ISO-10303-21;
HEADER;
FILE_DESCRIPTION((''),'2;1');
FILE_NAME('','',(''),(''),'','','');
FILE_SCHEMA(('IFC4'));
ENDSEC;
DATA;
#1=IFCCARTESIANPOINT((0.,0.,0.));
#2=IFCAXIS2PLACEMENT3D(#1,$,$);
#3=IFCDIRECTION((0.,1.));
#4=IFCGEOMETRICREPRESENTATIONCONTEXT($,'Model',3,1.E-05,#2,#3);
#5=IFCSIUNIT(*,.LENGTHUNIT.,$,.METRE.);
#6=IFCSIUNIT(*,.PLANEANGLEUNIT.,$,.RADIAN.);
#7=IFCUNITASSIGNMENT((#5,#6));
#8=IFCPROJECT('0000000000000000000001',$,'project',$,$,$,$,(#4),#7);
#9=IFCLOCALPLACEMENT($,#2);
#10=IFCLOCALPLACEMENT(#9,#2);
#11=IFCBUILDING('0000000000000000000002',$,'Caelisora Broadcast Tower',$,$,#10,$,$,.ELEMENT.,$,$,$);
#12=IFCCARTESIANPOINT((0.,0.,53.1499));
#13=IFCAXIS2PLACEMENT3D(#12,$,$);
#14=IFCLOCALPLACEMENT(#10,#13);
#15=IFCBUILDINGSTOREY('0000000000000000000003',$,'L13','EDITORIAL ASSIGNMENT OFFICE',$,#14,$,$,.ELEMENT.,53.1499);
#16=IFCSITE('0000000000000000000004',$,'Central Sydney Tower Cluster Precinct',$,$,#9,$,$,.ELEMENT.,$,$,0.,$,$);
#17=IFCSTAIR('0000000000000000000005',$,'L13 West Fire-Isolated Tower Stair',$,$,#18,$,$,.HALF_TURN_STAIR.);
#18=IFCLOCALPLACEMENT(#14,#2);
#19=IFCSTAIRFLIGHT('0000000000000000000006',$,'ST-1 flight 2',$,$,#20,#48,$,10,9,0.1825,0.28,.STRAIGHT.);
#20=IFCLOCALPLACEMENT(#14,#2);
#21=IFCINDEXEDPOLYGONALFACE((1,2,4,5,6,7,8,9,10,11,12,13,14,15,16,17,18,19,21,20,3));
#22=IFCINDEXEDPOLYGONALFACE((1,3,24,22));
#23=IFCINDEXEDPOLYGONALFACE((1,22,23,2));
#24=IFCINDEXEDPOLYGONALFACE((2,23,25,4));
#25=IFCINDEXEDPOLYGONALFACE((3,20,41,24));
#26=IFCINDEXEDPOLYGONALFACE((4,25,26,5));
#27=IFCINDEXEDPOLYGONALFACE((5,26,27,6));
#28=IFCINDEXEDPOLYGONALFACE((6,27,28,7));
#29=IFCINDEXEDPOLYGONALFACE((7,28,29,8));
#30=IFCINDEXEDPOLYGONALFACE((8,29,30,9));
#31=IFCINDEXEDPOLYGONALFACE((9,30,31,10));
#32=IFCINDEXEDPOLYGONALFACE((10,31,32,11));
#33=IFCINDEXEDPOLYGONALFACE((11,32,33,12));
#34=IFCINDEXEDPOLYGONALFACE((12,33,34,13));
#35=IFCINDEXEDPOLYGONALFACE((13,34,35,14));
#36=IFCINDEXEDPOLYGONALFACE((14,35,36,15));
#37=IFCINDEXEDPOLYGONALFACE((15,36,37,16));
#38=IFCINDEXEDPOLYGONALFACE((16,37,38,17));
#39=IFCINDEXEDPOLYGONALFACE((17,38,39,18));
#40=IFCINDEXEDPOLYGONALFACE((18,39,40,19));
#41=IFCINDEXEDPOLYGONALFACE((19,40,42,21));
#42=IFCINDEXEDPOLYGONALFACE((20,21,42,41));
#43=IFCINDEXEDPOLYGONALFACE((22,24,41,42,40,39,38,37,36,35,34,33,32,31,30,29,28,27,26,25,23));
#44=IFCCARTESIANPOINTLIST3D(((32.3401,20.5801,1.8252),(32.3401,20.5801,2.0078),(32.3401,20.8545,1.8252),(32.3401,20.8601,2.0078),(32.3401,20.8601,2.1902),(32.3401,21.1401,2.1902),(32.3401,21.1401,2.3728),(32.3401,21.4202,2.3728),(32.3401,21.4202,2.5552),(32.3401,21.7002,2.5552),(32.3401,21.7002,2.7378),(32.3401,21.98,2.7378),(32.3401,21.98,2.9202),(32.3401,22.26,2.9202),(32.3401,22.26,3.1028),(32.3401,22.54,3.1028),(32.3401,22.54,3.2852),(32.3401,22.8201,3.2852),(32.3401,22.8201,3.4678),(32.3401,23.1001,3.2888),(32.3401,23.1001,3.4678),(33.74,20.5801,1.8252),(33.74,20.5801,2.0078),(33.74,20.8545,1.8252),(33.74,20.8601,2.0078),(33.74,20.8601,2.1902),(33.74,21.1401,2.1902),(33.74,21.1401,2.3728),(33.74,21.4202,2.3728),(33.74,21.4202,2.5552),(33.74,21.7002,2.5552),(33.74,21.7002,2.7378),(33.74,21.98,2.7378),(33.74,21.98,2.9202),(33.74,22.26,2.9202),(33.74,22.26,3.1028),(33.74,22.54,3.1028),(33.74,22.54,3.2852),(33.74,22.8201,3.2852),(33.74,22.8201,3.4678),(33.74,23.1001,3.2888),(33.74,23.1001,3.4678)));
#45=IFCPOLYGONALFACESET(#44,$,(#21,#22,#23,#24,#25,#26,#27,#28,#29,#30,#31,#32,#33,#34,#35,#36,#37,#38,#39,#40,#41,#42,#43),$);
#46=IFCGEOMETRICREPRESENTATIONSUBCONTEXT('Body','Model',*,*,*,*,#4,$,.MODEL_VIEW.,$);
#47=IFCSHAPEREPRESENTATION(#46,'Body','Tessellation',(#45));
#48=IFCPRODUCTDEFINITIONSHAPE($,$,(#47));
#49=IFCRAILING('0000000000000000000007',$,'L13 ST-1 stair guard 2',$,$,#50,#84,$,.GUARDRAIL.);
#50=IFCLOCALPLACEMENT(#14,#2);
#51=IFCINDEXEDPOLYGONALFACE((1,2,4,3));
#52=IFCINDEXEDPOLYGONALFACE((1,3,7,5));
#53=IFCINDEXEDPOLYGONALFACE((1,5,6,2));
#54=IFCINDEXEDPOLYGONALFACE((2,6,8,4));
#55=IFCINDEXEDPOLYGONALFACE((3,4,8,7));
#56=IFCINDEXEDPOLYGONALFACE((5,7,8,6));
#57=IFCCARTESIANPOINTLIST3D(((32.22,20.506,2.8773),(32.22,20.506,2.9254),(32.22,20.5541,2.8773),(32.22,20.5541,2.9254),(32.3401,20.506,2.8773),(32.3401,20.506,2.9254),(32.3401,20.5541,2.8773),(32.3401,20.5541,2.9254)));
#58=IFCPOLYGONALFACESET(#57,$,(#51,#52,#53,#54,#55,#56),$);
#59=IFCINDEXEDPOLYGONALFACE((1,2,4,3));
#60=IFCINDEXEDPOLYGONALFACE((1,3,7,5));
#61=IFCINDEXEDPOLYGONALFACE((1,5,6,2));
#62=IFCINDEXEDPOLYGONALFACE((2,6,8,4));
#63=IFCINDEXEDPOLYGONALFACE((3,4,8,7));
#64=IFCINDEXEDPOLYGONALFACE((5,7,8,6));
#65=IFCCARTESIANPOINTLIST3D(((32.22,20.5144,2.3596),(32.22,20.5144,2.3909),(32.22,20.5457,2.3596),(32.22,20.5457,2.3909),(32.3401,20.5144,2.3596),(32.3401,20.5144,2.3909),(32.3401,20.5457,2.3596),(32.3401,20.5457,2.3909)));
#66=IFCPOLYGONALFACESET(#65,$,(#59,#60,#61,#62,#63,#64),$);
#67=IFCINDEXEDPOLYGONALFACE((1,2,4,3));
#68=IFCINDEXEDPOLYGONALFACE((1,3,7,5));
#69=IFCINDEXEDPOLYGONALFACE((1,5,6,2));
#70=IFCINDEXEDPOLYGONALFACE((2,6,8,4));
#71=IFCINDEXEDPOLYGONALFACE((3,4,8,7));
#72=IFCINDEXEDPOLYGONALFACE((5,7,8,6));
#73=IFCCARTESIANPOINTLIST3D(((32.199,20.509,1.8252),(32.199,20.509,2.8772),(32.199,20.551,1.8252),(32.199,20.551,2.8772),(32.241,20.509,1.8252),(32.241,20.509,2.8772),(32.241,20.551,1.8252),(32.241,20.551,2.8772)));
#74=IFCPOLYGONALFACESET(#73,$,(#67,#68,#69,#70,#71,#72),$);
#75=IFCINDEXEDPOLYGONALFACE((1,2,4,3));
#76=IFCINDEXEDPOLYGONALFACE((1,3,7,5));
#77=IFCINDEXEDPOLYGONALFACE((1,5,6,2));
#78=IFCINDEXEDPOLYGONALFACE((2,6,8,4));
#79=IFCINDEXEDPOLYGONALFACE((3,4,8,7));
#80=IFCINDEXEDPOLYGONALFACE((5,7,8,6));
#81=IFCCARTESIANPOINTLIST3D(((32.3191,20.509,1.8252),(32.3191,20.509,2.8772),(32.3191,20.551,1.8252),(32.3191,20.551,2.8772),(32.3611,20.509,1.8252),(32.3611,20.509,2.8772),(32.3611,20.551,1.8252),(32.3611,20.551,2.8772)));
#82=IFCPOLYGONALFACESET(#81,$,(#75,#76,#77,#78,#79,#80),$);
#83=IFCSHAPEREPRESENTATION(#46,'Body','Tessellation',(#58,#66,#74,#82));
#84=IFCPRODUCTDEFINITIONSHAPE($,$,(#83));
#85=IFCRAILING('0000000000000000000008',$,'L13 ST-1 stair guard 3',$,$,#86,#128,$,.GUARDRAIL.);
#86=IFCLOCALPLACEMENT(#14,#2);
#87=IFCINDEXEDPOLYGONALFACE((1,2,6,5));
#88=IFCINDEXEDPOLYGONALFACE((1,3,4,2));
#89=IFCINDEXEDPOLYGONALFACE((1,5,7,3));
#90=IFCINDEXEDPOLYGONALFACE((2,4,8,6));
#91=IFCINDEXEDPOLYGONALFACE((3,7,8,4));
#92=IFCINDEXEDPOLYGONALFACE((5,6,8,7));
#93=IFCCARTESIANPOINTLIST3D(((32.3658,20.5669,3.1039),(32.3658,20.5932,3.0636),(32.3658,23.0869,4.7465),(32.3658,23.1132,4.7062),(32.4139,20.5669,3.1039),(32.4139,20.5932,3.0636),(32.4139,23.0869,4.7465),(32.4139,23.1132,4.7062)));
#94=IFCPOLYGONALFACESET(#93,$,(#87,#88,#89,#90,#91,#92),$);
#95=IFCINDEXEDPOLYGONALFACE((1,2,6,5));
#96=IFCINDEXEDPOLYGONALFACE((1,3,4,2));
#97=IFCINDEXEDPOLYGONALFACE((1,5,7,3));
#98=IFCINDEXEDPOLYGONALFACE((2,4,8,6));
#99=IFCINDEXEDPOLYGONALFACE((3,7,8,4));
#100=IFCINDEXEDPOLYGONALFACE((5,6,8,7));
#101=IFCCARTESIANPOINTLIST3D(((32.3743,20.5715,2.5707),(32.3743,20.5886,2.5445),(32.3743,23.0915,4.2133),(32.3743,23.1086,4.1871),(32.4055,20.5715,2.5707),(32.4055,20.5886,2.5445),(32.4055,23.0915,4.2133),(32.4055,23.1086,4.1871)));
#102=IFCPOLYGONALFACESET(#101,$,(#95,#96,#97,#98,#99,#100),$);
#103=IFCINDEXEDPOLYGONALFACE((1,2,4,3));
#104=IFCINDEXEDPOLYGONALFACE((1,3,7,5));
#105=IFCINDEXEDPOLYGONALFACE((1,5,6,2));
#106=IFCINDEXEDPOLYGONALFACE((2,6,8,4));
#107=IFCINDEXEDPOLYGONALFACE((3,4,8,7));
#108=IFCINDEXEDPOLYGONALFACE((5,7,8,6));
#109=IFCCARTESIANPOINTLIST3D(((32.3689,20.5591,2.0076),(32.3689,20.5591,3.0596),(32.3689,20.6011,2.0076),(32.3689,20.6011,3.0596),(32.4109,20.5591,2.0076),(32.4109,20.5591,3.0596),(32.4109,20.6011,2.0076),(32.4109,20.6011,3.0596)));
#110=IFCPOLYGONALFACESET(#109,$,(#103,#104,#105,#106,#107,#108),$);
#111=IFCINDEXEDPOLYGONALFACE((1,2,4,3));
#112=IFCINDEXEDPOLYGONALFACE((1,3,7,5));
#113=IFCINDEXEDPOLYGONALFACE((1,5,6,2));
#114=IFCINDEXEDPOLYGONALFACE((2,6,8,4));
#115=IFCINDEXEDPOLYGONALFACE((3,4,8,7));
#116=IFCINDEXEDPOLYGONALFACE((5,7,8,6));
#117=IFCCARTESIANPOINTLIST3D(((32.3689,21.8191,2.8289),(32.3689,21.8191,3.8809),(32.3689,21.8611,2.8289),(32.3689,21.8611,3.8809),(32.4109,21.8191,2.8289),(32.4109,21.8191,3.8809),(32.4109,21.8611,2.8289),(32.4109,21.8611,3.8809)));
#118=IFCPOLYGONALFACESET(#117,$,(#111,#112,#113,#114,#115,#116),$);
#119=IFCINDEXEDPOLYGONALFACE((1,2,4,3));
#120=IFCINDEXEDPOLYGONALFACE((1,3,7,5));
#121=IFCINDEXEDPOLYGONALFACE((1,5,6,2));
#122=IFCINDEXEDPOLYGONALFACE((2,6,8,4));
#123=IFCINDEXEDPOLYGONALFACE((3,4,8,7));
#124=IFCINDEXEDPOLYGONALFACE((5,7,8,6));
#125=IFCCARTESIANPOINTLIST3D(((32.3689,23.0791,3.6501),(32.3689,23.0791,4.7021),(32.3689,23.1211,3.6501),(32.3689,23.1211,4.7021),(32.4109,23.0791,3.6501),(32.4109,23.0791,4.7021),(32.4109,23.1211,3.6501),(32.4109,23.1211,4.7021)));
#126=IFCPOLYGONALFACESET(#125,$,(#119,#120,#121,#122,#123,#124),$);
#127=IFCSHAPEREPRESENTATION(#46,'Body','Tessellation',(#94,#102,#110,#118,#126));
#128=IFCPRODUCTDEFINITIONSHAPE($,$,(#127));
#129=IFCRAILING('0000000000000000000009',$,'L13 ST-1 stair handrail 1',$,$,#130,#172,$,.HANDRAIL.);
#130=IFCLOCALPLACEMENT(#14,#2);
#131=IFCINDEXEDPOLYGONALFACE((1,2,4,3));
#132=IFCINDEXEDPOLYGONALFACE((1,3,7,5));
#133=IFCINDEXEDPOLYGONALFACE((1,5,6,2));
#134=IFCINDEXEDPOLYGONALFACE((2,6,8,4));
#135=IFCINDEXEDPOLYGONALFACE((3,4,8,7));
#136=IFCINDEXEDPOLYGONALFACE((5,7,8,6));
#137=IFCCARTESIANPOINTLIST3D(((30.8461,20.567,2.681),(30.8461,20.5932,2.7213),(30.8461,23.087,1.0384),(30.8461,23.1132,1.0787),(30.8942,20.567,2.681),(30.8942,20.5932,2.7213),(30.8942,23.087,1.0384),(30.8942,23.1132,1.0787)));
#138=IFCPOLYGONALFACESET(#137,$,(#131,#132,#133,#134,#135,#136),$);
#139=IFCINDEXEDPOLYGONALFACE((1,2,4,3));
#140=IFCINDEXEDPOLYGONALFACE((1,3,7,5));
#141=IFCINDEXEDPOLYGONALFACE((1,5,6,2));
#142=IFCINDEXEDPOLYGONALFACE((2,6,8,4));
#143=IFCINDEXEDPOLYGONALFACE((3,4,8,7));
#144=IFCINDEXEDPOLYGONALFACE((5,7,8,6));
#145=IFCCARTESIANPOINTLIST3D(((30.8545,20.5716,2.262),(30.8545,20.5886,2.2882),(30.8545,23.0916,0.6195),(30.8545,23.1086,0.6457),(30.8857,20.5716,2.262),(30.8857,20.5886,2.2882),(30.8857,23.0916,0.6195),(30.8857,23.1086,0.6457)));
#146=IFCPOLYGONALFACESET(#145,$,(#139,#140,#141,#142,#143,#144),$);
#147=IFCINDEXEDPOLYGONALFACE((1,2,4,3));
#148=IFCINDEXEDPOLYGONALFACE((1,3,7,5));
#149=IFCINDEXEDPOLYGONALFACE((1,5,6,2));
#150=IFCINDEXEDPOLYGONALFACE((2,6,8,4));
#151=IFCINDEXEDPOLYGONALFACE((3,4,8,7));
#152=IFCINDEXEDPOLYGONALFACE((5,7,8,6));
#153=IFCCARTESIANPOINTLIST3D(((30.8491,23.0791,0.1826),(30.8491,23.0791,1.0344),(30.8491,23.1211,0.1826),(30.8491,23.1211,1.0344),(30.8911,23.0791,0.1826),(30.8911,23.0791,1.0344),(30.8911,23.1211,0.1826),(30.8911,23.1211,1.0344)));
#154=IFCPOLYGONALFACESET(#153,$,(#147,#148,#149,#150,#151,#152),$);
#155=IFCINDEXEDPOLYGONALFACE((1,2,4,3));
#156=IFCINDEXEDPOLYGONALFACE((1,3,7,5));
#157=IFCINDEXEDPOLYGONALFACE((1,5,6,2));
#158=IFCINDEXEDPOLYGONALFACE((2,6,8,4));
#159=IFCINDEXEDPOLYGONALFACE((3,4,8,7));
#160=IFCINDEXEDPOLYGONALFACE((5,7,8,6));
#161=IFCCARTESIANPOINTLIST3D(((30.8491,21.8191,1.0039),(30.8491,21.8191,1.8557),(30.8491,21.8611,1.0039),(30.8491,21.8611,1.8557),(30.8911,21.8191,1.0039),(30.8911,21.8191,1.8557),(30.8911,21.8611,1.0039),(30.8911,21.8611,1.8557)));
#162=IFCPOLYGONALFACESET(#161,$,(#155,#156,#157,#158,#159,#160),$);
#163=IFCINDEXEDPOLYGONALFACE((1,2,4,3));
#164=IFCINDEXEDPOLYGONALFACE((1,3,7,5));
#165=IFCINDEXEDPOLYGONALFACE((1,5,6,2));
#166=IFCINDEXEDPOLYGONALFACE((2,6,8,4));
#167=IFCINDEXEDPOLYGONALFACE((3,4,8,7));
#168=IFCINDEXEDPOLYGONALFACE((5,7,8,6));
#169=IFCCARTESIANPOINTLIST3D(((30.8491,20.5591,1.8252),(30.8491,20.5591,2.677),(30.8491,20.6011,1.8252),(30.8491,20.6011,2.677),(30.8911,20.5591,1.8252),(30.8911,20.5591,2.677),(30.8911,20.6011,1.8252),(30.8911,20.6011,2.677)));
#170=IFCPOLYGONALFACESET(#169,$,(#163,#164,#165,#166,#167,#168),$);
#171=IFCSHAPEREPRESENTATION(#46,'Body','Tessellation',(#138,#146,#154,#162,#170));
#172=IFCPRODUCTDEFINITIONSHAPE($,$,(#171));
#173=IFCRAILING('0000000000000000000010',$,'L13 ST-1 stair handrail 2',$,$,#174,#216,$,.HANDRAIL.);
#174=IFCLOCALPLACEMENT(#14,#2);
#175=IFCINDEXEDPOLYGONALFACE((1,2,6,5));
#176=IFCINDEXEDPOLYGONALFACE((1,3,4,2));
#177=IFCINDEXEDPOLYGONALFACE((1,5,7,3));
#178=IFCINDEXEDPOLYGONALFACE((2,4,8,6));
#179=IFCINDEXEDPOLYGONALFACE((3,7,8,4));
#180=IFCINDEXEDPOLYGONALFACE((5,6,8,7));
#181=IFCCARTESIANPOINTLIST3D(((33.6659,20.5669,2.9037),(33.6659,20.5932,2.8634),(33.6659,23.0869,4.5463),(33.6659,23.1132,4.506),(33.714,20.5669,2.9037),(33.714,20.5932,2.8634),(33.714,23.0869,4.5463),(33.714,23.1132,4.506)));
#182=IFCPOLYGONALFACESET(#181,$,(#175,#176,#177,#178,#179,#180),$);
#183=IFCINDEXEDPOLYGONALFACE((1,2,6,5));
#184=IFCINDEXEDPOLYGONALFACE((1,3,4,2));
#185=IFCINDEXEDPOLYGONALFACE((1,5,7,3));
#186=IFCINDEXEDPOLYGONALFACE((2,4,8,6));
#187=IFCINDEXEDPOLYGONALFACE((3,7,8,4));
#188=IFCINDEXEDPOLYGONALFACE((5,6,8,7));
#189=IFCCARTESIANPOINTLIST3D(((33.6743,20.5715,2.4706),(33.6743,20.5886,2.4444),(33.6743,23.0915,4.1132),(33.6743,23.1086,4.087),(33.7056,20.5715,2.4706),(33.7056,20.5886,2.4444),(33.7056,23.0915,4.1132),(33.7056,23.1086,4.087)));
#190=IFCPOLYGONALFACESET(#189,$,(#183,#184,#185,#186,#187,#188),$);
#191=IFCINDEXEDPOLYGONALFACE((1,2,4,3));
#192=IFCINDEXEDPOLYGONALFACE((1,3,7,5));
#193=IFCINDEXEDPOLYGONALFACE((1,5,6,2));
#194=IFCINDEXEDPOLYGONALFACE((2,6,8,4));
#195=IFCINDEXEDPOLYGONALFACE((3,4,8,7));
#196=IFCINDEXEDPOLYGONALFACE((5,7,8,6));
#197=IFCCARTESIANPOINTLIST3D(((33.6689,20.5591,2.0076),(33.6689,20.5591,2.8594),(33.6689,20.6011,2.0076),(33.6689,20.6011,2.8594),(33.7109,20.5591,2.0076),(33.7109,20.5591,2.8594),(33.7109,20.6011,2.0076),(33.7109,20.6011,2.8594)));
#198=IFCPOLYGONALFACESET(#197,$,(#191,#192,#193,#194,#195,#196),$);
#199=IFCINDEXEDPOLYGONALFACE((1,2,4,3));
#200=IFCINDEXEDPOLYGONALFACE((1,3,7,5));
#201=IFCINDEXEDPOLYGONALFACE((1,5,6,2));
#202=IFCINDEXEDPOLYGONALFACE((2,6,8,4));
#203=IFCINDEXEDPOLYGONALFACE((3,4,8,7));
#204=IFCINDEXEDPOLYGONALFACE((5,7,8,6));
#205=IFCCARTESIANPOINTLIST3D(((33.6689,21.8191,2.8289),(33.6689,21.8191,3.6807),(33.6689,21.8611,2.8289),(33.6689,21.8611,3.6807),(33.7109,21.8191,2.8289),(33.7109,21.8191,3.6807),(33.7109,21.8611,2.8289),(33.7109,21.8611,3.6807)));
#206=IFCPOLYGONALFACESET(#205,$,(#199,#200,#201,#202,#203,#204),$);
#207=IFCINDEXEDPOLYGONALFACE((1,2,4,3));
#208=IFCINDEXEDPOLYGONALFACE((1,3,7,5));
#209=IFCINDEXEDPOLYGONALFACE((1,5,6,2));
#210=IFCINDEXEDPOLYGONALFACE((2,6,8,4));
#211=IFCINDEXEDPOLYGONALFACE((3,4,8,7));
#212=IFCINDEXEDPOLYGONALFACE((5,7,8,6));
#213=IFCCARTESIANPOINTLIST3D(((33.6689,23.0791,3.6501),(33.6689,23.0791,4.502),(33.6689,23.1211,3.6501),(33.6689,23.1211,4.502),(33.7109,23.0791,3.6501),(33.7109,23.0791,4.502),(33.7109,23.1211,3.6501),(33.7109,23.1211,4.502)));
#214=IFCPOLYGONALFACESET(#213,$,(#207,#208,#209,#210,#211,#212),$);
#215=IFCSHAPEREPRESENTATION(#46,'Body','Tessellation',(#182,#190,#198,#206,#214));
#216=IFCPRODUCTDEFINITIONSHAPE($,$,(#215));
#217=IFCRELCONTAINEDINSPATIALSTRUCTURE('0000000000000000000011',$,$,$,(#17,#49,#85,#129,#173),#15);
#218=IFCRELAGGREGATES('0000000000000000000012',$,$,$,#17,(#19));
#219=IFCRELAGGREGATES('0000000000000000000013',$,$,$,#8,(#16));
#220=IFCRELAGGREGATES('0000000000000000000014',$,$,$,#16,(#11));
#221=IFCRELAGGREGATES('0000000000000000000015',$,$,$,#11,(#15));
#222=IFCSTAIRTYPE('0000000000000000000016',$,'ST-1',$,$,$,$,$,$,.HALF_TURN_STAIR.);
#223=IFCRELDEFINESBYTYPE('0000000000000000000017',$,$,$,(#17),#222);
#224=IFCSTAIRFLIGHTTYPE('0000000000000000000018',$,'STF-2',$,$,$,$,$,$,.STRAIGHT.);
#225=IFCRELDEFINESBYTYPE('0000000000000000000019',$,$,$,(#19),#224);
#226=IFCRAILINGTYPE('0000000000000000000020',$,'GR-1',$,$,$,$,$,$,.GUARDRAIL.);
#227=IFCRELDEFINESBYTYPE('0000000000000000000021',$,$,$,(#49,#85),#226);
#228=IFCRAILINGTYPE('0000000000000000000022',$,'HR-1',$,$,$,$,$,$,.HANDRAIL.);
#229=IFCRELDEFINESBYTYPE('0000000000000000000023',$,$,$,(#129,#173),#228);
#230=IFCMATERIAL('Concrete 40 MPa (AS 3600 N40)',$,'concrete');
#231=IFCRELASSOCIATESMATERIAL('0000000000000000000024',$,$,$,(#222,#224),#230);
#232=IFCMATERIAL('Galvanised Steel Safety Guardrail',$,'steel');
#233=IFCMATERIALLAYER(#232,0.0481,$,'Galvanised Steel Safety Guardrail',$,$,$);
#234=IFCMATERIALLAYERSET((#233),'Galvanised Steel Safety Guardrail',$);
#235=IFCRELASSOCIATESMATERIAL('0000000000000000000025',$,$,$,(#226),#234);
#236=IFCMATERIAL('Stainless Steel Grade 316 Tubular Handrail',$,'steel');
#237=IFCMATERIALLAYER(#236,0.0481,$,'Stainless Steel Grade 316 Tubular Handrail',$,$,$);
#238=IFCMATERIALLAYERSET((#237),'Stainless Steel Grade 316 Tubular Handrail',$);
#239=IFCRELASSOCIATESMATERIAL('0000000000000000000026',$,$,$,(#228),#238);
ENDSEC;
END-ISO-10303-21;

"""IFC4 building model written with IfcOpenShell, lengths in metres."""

from ifc_helpers import new_model, si_unit, direction, frame, origin, origin_2d, place, context, subcontext, project, spatial, polyline, rectangle, outline, extrude, material, layer, layer_set, type_object, element, aggregate, save


model = new_model("IFC4")

# Units and contexts
model_context = context("Model", 3, precision=1e-05, world=origin(), true_north=direction((0.0, 1.0)))
body_context = subcontext(model_context, "Body", "Model", "MODEL_VIEW")
ifc_project = project(units=[si_unit("LENGTHUNIT", "METRE"), si_unit("PLANEANGLEUNIT", "RADIAN")], contexts=[model_context])

# Site, building, storey
site_placement = place(None, origin())
site = spatial("IfcSite", under=ifc_project, at=site_placement, Name="Central Sydney Tower Cluster Precinct", CompositionType="ELEMENT", RefElevation=0.0)
building_placement = place(site_placement, origin())
building = spatial("IfcBuilding", under=site, at=building_placement, Name="Caelisora Broadcast Tower", CompositionType="ELEMENT")
storey_placement = place(building_placement, frame((0.0, 0.0, 53.1499)))
storey = spatial("IfcBuildingStorey", under=building, at=storey_placement, Name="L13", Description="EDITORIAL ASSIGNMENT OFFICE", CompositionType="ELEMENT", Elevation=53.1499)

# Stair, stair flight
ifc_material_1 = material(Name="Concrete 40 MPa (AS 3600 N40)", Category="concrete")
stair_type = type_object("IfcStairType", Name="ST-1", PredefinedType="HALF_TURN_STAIR", material=ifc_material_1)
stair_placement = place(storey_placement, origin())
stair = element("IfcStair", 1, at=stair_placement, inside=storey, type_object=stair_type, Name="L13 West Fire-Isolated Tower Stair", PredefinedType="HALF_TURN_STAIR")
stair_flight_type = type_object("IfcStairFlightType", Name="STF-2", PredefinedType="STRAIGHT", material=ifc_material_1)
stair_flight_1_placement = place(storey_placement, frame((33.04, 20.5801, 1.8252), z_axis=(0.0, 0.0, 1.0), x_axis=(0.0, 1.0, 0.0)))
stair_flight_1 = element("IfcStairFlight", 2, at=stair_flight_1_placement, type_object=stair_flight_type, Name="ST-1 flight 2", NumberOfRisers=10, NumberOfTreads=9, PredefinedType="STRAIGHT", RiserHeight=0.1825, TreadLength=0.28, context=body_context, shape_type="SweptSolid", body=[
    extrude(outline(polyline([(0.0, 0.0), (0.0, 0.1826), (0.28, 0.1826), (0.28, 0.365), (0.5601, 0.365), (0.5601, 0.5476), (0.8401, 0.5476), (0.8401, 0.73), (1.1201, 0.73), (1.1201, 0.9126), (1.3999, 0.9126), (1.3999, 1.095), (1.6799, 1.095), (1.6799, 1.2776), (1.96, 1.2776), (1.96, 1.46), (2.24, 1.46), (2.24, 1.6426), (2.52, 1.6426), (2.52, 1.825), (2.52, 1.4636), (0.2744, 0.0), (0.0, 0.0)])), frame((0.0, 0.7, 0.0), z_axis=(0.0, -1.0, 0.0), x_axis=(1.0, 0.0, 0.0)), (0.0, 0.0, 1.0), 1.3999),
])
aggregate(stair, [stair_flight_1])

# Railings
ifc_material_2 = material(Name="Galvanised Steel Safety Guardrail", Category="steel")
ifc_layer_1 = layer(ifc_material_2, 0.0481, Name="Galvanised Steel Safety Guardrail")
ifc_layer_set_1 = layer_set([ifc_layer_1], Name="Galvanised Steel Safety Guardrail")
railing_type_1 = type_object("IfcRailingType", Name="GR-1", PredefinedType="GUARDRAIL", material=ifc_layer_set_1)
railing_1_placement = place(storey_placement, frame((32.22, 20.53, 1.8252)))
element("IfcRailing", 3, at=railing_1_placement, inside=storey, type_object=railing_type_1, Name="L13 ST-1 stair guard 2", PredefinedType="GUARDRAIL", context=body_context, shape_type="SweptSolid", body=[
    extrude(rectangle(XDim=0.0481, YDim=0.0481, at=origin_2d()), frame((0.0, 0.0, 1.0762), z_axis=(1.0, 0.0, 0.0), x_axis=(0.0, 1.0, 0.0)), (0.0, 0.0, 1.0), 0.1201),
    extrude(rectangle(XDim=0.0312, YDim=0.0312, at=origin_2d()), frame((0.0, 0.0, 0.55), z_axis=(1.0, 0.0, 0.0), x_axis=(0.0, 1.0, 0.0)), (0.0, 0.0, 1.0), 0.1201),
    extrude(rectangle(XDim=0.042, YDim=0.042, at=origin_2d()), origin(), (0.0, 0.0, 1.0), 1.052),
    extrude(rectangle(XDim=0.042, YDim=0.042, at=origin_2d()), frame((0.1201, 0.0, 0.0)), (0.0, 0.0, 1.0), 1.052),
])
railing_2_placement = place(storey_placement, frame((32.3899, 20.5801, 2.0076)))
element("IfcRailing", 4, at=railing_2_placement, inside=storey, type_object=railing_type_1, Name="L13 ST-1 stair guard 3", PredefinedType="GUARDRAIL", context=body_context, shape_type="SweptSolid", body=[
    extrude(rectangle(XDim=0.0481, YDim=0.0481, at=origin_2d()), frame((0.0, 0.0, 1.0762), z_axis=(0.0, 0.837749, 0.546055), x_axis=(-1.0, 0.0, 0.0)), (0.0, 0.0, 1.0), 3.0081),
    extrude(rectangle(XDim=0.0312, YDim=0.0312, at=origin_2d()), frame((0.0, 0.0, 0.55), z_axis=(0.0, 0.837749, 0.546055), x_axis=(-1.0, 0.0, 0.0)), (0.0, 0.0, 1.0), 3.0081),
    extrude(rectangle(XDim=0.042, YDim=0.042, at=origin_2d()), origin(), (0.0, 0.0, 1.0), 1.052),
    extrude(rectangle(XDim=0.042, YDim=0.042, at=origin_2d()), frame((0.0, 1.26, 0.8213)), (0.0, 0.0, 1.0), 1.052),
    extrude(rectangle(XDim=0.042, YDim=0.042, at=origin_2d()), frame((0.0, 2.52, 1.6426)), (0.0, 0.0, 1.0), 1.052),
])
ifc_material_3 = material(Name="Stainless Steel Grade 316 Tubular Handrail", Category="steel")
ifc_layer_2 = layer(ifc_material_3, 0.0481, Name="Stainless Steel Grade 316 Tubular Handrail")
ifc_layer_set_2 = layer_set([ifc_layer_2], Name="Stainless Steel Grade 316 Tubular Handrail")
railing_type_2 = type_object("IfcRailingType", Name="HR-1", PredefinedType="HANDRAIL", material=ifc_layer_set_2)
railing_3_placement = place(storey_placement, frame((30.8701, 23.1001, 0.1826)))
element("IfcRailing", 5, at=railing_3_placement, inside=storey, type_object=railing_type_2, Name="L13 ST-1 stair handrail 1", PredefinedType="HANDRAIL", context=body_context, shape_type="SweptSolid", body=[
    extrude(rectangle(XDim=0.0481, YDim=0.0481, at=origin_2d()), frame((0.0, 0.0, 0.876), z_axis=(0.0, -0.837749, 0.546055), x_axis=(1.0, 0.0, 0.0)), (0.0, 0.0, 1.0), 3.0081),
    extrude(rectangle(XDim=0.0312, YDim=0.0312, at=origin_2d()), frame((0.0, 0.0, 0.45), z_axis=(0.0, -0.837749, 0.546055), x_axis=(1.0, 0.0, 0.0)), (0.0, 0.0, 1.0), 3.0081),
    extrude(rectangle(XDim=0.042, YDim=0.042, at=origin_2d()), origin(), (0.0, 0.0, 1.0), 0.8518),
    extrude(rectangle(XDim=0.042, YDim=0.042, at=origin_2d()), frame((0.0, -1.26, 0.8213)), (0.0, 0.0, 1.0), 0.8518),
    extrude(rectangle(XDim=0.042, YDim=0.042, at=origin_2d()), frame((0.0, -2.52, 1.6426)), (0.0, 0.0, 1.0), 0.8518),
])
railing_4_placement = place(storey_placement, frame((33.6899, 20.5801, 2.0076)))
element("IfcRailing", 6, at=railing_4_placement, inside=storey, type_object=railing_type_2, Name="L13 ST-1 stair handrail 2", PredefinedType="HANDRAIL", context=body_context, shape_type="SweptSolid", body=[
    extrude(rectangle(XDim=0.0481, YDim=0.0481, at=origin_2d()), frame((0.0, 0.0, 0.876), z_axis=(0.0, 0.837749, 0.546055), x_axis=(-1.0, 0.0, 0.0)), (0.0, 0.0, 1.0), 3.0081),
    extrude(rectangle(XDim=0.0312, YDim=0.0312, at=origin_2d()), frame((0.0, 0.0, 0.45), z_axis=(0.0, 0.837749, 0.546055), x_axis=(-1.0, 0.0, 0.0)), (0.0, 0.0, 1.0), 3.0081),
    extrude(rectangle(XDim=0.042, YDim=0.042, at=origin_2d()), origin(), (0.0, 0.0, 1.0), 0.8518),
    extrude(rectangle(XDim=0.042, YDim=0.042, at=origin_2d()), frame((0.0, 1.26, 0.8213)), (0.0, 0.0, 1.0), 0.8518),
    extrude(rectangle(XDim=0.042, YDim=0.042, at=origin_2d()), frame((0.0, 2.52, 1.6426)), (0.0, 0.0, 1.0), 0.8518),
])

save(model, "model.ifc")
